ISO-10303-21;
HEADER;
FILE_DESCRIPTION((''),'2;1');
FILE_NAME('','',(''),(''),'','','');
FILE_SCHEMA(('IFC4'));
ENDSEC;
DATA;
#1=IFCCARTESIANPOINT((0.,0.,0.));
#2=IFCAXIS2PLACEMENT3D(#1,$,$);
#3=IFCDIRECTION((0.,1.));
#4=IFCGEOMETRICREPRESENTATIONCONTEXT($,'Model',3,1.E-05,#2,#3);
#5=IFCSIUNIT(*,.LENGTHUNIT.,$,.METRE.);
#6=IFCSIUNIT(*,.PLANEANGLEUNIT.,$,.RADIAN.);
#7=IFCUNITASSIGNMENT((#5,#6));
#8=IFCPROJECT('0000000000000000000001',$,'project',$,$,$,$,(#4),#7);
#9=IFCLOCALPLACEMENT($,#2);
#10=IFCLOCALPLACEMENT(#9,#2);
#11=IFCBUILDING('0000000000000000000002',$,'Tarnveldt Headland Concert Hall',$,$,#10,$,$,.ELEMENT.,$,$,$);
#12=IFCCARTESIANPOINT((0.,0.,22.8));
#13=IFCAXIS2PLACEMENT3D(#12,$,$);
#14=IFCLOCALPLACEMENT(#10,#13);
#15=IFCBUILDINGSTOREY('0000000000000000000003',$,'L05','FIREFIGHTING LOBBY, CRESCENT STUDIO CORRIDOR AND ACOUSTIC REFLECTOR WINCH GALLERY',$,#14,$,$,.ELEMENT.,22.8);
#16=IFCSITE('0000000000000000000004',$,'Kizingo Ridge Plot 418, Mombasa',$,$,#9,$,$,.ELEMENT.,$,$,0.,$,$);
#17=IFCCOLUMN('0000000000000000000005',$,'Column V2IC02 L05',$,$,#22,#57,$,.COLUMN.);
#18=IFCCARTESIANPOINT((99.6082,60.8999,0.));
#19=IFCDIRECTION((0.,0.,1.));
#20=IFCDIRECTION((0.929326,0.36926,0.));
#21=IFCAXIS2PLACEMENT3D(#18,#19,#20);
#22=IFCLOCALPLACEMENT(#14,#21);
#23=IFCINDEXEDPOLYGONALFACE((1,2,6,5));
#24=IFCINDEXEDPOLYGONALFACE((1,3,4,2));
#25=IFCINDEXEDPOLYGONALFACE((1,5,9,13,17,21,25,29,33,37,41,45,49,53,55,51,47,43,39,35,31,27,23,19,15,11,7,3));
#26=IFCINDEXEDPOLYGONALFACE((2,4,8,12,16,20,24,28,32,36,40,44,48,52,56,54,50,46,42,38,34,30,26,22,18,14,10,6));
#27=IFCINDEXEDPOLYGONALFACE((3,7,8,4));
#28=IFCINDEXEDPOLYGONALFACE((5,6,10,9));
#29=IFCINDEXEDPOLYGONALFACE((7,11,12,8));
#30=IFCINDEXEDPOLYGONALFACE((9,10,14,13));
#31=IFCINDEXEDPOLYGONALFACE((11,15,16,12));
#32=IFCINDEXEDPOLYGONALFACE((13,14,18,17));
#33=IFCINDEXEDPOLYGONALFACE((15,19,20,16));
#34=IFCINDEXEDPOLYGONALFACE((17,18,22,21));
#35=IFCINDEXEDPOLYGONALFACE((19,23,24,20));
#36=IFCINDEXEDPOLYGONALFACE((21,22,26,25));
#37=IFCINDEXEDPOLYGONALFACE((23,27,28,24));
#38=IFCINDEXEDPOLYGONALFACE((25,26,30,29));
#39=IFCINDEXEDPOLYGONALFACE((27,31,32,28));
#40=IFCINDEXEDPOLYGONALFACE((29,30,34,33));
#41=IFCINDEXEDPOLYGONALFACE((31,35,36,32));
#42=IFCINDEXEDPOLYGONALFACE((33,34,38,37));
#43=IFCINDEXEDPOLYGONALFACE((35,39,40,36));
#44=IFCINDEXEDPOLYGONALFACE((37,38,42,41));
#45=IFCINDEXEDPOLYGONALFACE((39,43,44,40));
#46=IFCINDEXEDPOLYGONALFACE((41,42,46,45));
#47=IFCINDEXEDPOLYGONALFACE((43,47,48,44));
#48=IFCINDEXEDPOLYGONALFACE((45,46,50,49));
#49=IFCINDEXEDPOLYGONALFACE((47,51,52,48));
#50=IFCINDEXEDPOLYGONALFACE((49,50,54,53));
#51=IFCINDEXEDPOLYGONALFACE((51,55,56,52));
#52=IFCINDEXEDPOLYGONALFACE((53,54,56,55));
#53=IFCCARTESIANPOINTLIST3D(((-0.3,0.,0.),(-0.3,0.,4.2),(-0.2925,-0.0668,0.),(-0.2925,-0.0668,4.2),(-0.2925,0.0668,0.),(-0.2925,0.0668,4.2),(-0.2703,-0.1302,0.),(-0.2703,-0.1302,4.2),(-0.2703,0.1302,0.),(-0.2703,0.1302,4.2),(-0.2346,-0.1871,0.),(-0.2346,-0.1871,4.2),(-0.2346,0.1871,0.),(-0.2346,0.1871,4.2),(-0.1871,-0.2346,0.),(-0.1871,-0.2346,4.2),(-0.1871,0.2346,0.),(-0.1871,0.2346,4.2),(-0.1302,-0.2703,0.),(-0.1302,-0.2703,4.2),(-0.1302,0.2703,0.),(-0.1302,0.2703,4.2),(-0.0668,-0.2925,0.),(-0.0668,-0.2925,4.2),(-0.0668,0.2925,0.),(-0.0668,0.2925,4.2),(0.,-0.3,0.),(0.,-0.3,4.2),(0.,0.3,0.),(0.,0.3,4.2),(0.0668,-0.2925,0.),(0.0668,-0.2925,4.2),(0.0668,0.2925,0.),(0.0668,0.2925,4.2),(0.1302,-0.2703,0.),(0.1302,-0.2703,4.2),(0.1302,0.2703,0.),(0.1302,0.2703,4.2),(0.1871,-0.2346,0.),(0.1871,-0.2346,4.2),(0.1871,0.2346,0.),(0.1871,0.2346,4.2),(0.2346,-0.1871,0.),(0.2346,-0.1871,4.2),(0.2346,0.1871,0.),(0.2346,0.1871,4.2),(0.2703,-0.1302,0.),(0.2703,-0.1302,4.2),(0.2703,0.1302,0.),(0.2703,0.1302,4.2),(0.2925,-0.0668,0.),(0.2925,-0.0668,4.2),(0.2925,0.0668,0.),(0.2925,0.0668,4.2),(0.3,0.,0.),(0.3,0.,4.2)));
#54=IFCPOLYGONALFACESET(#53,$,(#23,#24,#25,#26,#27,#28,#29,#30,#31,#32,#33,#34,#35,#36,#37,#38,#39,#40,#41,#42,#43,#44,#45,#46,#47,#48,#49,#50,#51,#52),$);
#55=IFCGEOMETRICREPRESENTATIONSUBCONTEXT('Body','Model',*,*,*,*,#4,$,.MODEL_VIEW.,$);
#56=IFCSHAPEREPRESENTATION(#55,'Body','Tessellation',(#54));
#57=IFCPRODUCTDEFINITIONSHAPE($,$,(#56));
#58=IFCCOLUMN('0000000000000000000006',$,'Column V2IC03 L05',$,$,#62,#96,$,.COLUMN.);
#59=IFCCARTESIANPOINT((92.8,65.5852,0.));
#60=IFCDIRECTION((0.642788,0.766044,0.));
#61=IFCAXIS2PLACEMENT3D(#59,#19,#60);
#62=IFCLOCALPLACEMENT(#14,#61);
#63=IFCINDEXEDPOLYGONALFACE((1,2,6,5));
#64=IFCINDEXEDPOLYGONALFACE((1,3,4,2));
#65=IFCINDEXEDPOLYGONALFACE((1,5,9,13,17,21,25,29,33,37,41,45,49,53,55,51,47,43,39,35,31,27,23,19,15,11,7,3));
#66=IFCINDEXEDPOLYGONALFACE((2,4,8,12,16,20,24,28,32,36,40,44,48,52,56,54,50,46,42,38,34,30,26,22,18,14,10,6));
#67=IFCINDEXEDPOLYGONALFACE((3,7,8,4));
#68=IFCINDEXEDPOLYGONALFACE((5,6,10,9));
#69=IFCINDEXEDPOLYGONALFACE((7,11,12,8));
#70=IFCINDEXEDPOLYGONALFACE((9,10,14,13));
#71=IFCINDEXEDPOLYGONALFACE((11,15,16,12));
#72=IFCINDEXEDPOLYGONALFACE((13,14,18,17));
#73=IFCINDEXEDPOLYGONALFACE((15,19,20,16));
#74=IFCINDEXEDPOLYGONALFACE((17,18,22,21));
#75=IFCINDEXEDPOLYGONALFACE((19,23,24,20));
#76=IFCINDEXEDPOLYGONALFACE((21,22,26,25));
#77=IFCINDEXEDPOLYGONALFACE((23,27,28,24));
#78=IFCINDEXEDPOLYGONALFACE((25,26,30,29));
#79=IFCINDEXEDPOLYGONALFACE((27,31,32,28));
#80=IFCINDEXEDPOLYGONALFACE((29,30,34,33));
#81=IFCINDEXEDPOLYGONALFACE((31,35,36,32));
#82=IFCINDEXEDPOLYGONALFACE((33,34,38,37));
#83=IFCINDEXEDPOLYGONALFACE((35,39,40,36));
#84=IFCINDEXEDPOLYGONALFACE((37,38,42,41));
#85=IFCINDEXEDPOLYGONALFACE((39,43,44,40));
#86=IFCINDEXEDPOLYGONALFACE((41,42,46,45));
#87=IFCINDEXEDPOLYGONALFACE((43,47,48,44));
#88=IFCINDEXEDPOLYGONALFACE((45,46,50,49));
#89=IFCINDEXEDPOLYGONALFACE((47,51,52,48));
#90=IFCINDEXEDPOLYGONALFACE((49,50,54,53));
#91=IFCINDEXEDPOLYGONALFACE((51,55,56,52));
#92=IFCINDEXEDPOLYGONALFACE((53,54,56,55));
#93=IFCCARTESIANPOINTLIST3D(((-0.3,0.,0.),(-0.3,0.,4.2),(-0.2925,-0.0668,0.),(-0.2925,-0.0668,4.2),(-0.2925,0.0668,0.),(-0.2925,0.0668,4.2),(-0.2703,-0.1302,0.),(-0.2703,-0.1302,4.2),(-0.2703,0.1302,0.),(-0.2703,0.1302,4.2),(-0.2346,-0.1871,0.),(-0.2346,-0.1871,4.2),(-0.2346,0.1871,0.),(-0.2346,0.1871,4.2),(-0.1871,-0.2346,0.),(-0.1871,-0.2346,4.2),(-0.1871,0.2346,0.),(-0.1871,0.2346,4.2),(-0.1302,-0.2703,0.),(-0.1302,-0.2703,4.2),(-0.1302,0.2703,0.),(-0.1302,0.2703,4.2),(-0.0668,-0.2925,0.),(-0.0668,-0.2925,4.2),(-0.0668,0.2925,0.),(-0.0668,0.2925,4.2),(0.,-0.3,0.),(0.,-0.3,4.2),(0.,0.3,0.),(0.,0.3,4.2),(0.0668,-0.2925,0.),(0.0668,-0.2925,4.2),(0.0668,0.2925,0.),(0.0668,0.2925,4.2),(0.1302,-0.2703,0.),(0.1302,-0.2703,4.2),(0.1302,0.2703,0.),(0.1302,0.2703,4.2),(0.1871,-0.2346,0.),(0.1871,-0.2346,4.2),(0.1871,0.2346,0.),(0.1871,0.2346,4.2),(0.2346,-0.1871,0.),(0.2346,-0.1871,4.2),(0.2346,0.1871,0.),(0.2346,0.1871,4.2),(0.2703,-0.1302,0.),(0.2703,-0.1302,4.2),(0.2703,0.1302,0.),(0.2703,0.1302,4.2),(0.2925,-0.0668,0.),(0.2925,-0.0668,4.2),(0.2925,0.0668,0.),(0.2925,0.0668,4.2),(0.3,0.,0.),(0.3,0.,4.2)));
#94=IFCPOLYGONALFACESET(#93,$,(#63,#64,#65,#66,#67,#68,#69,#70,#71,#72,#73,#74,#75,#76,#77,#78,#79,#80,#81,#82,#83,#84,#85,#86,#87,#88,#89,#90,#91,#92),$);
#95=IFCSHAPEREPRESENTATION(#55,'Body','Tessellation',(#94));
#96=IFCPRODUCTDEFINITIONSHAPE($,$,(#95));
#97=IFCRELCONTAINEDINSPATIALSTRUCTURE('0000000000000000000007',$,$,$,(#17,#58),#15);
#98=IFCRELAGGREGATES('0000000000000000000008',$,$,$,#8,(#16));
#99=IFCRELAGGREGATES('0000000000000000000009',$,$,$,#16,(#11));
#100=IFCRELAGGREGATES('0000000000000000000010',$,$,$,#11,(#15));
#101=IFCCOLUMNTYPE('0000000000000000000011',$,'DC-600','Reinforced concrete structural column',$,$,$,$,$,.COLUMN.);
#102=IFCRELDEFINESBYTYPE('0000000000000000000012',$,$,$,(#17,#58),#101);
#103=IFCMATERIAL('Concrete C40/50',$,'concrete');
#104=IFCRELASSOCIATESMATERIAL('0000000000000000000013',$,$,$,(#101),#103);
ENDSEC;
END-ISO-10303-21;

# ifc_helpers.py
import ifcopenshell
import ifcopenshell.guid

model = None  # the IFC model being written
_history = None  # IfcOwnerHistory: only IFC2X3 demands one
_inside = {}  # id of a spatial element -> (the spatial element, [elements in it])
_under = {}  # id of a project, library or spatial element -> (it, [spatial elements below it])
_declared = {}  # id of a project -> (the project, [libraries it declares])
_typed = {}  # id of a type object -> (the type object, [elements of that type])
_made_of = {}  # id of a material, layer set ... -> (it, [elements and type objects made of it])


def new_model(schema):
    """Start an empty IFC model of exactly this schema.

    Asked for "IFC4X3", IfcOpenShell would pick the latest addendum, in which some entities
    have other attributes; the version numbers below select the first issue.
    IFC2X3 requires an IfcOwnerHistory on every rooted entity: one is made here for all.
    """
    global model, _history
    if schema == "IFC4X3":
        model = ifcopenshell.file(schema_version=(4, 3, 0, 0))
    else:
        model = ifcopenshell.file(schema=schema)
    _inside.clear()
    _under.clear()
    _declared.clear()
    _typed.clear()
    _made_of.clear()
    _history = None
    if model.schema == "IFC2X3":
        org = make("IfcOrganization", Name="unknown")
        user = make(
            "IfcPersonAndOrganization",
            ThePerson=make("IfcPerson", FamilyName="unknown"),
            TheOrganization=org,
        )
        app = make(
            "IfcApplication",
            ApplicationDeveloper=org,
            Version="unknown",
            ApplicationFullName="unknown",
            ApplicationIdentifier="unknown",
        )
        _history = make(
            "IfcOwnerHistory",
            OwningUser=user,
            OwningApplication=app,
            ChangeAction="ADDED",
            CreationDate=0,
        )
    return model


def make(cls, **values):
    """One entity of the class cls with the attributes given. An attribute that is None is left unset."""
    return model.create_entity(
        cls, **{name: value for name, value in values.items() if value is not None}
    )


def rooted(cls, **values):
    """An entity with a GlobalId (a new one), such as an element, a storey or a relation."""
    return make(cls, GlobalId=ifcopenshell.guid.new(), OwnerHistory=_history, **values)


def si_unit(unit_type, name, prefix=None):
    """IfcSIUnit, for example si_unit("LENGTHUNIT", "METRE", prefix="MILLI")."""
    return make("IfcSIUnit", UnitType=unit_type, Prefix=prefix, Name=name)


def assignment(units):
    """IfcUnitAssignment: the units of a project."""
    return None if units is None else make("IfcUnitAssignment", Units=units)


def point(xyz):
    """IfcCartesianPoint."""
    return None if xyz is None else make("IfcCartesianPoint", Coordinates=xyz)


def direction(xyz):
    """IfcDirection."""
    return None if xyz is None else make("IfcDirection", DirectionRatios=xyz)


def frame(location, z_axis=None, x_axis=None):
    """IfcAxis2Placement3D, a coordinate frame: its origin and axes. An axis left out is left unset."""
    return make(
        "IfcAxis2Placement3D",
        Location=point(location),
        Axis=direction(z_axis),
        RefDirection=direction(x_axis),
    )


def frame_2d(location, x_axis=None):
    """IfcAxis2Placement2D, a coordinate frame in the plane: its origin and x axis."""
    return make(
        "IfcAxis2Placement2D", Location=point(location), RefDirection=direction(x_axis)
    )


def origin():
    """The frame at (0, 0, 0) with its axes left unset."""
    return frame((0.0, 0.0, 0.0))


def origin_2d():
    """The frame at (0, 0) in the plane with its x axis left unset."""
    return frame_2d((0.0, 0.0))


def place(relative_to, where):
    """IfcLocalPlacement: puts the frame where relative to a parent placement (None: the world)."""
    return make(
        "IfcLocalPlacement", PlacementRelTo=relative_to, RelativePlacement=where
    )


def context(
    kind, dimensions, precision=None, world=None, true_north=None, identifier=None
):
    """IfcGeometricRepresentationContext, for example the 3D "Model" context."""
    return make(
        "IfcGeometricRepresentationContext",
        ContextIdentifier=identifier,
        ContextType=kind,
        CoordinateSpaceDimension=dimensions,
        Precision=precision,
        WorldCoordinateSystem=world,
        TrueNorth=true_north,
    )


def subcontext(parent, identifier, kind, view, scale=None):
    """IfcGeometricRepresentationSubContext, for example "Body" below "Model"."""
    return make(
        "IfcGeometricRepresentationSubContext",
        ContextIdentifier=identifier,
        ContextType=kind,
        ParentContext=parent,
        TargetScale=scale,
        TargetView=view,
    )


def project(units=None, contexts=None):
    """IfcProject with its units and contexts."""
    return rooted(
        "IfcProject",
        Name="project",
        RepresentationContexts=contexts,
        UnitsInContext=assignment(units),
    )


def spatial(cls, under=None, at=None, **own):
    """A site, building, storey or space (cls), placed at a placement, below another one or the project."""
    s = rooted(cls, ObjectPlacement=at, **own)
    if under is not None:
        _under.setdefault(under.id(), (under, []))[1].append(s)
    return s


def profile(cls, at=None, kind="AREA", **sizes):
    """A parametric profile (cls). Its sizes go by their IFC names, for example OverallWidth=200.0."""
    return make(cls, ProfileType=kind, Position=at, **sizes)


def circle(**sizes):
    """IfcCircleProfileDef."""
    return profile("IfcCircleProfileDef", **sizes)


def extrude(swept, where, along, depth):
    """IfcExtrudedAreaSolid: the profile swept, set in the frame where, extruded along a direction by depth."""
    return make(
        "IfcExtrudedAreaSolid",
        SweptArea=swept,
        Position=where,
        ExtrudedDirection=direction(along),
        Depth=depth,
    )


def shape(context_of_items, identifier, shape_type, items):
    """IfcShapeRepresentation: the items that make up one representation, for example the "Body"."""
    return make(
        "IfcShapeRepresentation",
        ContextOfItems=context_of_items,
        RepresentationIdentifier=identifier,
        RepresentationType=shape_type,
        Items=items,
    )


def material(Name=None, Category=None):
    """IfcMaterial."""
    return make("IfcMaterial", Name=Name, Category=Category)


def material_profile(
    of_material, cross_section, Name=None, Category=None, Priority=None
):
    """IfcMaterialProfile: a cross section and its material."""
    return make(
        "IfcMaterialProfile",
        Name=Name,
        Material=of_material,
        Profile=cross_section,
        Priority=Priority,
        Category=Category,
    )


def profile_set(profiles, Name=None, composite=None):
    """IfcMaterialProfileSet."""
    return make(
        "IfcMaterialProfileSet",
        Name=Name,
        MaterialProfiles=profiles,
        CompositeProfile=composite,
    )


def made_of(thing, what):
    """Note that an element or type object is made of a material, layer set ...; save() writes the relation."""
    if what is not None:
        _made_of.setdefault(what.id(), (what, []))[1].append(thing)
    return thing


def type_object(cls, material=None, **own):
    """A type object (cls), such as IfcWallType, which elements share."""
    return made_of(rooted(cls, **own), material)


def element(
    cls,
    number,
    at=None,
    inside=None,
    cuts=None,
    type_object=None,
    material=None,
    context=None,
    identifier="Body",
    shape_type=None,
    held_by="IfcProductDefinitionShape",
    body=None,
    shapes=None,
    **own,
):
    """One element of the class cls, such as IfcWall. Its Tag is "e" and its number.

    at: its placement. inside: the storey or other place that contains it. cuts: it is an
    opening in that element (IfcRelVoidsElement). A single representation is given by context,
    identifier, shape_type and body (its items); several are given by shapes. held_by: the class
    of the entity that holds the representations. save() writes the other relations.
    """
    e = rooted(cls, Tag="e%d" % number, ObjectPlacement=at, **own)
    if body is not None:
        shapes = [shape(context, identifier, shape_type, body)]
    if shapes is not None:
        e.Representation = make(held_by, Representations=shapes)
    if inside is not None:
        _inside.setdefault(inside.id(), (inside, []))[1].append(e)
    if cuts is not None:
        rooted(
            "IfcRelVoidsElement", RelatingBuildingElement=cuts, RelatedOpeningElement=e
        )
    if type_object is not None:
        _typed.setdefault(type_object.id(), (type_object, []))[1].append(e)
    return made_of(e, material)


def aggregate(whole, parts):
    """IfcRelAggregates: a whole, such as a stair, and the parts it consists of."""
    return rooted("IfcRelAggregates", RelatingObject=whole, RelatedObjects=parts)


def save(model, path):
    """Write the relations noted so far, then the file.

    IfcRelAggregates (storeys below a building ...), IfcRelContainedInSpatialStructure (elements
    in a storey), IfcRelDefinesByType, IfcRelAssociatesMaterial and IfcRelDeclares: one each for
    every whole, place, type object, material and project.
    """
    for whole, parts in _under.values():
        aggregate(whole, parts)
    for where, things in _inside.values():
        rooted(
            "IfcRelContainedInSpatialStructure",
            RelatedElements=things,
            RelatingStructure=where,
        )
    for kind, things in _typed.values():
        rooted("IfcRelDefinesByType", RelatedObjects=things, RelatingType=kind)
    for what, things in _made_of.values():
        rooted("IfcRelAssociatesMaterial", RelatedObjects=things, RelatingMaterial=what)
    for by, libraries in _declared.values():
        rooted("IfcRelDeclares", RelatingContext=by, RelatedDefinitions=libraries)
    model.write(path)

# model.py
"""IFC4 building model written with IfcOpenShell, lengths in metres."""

from ifc_helpers import new_model, si_unit, direction, frame, origin, origin_2d, place, context, subcontext, project, spatial, circle, extrude, material, material_profile, profile_set, type_object, element, save


model = new_model("IFC4")

# Units and contexts
model_context = context("Model", 3, precision=1e-05, world=origin(), true_north=direction((0.0, 1.0)))
body_context = subcontext(model_context, "Body", "Model", "MODEL_VIEW")
ifc_project = project(units=[si_unit("LENGTHUNIT", "METRE"), si_unit("PLANEANGLEUNIT", "RADIAN")], contexts=[model_context])

# Site, building, storey
site_placement = place(None, origin())
site = spatial("IfcSite", under=ifc_project, at=site_placement, Name="Kizingo Ridge Plot 418, Mombasa", CompositionType="ELEMENT", RefElevation=0.0)
building_placement = place(site_placement, origin())
building = spatial("IfcBuilding", under=site, at=building_placement, Name="Tarnveldt Headland Concert Hall", CompositionType="ELEMENT")
storey_placement = place(building_placement, frame((0.0, 0.0, 22.8)))
storey = spatial("IfcBuildingStorey", under=building, at=storey_placement, Name="L05", Description="FIREFIGHTING LOBBY, CRESCENT STUDIO CORRIDOR AND ACOUSTIC REFLECTOR WINCH GALLERY", CompositionType="ELEMENT", Elevation=22.8)

# Columns
ifc_material_1 = material(Name="Concrete C40/50", Category="concrete")
ifc_material_profile_1 = material_profile(ifc_material_1, circle(Radius=0.3, at=origin_2d()), Name="RC D600", Category="concrete")
ifc_profile_set_1 = profile_set([ifc_material_profile_1], Name="Concrete C40/50")
column_type = type_object("IfcColumnType", Name="DC-600", Description="Reinforced concrete structural column", PredefinedType="COLUMN", material=ifc_profile_set_1)
for number, where, z_axis, x_axis, name in (
    (1, (99.6082, 60.8999, 0.0), (0.0, 0.0, 1.0), (0.929326, 0.36926, 0.0), "Column V2IC02 L05"),
    (2, (92.8, 65.5852, 0.0), (0.0, 0.0, 1.0), (0.642788, 0.766044, 0.0), "Column V2IC03 L05"),
):
    element("IfcColumn", number, at=place(storey_placement, frame(where, z_axis=z_axis, x_axis=x_axis)), inside=storey, type_object=column_type, Name=name, PredefinedType="COLUMN", context=body_context, shape_type="SweptSolid", body=[
        extrude(circle(Radius=0.3, at=origin_2d()), origin(), (0.0, 0.0, 1.0), 4.2),
    ])

save(model, "model.ifc")
